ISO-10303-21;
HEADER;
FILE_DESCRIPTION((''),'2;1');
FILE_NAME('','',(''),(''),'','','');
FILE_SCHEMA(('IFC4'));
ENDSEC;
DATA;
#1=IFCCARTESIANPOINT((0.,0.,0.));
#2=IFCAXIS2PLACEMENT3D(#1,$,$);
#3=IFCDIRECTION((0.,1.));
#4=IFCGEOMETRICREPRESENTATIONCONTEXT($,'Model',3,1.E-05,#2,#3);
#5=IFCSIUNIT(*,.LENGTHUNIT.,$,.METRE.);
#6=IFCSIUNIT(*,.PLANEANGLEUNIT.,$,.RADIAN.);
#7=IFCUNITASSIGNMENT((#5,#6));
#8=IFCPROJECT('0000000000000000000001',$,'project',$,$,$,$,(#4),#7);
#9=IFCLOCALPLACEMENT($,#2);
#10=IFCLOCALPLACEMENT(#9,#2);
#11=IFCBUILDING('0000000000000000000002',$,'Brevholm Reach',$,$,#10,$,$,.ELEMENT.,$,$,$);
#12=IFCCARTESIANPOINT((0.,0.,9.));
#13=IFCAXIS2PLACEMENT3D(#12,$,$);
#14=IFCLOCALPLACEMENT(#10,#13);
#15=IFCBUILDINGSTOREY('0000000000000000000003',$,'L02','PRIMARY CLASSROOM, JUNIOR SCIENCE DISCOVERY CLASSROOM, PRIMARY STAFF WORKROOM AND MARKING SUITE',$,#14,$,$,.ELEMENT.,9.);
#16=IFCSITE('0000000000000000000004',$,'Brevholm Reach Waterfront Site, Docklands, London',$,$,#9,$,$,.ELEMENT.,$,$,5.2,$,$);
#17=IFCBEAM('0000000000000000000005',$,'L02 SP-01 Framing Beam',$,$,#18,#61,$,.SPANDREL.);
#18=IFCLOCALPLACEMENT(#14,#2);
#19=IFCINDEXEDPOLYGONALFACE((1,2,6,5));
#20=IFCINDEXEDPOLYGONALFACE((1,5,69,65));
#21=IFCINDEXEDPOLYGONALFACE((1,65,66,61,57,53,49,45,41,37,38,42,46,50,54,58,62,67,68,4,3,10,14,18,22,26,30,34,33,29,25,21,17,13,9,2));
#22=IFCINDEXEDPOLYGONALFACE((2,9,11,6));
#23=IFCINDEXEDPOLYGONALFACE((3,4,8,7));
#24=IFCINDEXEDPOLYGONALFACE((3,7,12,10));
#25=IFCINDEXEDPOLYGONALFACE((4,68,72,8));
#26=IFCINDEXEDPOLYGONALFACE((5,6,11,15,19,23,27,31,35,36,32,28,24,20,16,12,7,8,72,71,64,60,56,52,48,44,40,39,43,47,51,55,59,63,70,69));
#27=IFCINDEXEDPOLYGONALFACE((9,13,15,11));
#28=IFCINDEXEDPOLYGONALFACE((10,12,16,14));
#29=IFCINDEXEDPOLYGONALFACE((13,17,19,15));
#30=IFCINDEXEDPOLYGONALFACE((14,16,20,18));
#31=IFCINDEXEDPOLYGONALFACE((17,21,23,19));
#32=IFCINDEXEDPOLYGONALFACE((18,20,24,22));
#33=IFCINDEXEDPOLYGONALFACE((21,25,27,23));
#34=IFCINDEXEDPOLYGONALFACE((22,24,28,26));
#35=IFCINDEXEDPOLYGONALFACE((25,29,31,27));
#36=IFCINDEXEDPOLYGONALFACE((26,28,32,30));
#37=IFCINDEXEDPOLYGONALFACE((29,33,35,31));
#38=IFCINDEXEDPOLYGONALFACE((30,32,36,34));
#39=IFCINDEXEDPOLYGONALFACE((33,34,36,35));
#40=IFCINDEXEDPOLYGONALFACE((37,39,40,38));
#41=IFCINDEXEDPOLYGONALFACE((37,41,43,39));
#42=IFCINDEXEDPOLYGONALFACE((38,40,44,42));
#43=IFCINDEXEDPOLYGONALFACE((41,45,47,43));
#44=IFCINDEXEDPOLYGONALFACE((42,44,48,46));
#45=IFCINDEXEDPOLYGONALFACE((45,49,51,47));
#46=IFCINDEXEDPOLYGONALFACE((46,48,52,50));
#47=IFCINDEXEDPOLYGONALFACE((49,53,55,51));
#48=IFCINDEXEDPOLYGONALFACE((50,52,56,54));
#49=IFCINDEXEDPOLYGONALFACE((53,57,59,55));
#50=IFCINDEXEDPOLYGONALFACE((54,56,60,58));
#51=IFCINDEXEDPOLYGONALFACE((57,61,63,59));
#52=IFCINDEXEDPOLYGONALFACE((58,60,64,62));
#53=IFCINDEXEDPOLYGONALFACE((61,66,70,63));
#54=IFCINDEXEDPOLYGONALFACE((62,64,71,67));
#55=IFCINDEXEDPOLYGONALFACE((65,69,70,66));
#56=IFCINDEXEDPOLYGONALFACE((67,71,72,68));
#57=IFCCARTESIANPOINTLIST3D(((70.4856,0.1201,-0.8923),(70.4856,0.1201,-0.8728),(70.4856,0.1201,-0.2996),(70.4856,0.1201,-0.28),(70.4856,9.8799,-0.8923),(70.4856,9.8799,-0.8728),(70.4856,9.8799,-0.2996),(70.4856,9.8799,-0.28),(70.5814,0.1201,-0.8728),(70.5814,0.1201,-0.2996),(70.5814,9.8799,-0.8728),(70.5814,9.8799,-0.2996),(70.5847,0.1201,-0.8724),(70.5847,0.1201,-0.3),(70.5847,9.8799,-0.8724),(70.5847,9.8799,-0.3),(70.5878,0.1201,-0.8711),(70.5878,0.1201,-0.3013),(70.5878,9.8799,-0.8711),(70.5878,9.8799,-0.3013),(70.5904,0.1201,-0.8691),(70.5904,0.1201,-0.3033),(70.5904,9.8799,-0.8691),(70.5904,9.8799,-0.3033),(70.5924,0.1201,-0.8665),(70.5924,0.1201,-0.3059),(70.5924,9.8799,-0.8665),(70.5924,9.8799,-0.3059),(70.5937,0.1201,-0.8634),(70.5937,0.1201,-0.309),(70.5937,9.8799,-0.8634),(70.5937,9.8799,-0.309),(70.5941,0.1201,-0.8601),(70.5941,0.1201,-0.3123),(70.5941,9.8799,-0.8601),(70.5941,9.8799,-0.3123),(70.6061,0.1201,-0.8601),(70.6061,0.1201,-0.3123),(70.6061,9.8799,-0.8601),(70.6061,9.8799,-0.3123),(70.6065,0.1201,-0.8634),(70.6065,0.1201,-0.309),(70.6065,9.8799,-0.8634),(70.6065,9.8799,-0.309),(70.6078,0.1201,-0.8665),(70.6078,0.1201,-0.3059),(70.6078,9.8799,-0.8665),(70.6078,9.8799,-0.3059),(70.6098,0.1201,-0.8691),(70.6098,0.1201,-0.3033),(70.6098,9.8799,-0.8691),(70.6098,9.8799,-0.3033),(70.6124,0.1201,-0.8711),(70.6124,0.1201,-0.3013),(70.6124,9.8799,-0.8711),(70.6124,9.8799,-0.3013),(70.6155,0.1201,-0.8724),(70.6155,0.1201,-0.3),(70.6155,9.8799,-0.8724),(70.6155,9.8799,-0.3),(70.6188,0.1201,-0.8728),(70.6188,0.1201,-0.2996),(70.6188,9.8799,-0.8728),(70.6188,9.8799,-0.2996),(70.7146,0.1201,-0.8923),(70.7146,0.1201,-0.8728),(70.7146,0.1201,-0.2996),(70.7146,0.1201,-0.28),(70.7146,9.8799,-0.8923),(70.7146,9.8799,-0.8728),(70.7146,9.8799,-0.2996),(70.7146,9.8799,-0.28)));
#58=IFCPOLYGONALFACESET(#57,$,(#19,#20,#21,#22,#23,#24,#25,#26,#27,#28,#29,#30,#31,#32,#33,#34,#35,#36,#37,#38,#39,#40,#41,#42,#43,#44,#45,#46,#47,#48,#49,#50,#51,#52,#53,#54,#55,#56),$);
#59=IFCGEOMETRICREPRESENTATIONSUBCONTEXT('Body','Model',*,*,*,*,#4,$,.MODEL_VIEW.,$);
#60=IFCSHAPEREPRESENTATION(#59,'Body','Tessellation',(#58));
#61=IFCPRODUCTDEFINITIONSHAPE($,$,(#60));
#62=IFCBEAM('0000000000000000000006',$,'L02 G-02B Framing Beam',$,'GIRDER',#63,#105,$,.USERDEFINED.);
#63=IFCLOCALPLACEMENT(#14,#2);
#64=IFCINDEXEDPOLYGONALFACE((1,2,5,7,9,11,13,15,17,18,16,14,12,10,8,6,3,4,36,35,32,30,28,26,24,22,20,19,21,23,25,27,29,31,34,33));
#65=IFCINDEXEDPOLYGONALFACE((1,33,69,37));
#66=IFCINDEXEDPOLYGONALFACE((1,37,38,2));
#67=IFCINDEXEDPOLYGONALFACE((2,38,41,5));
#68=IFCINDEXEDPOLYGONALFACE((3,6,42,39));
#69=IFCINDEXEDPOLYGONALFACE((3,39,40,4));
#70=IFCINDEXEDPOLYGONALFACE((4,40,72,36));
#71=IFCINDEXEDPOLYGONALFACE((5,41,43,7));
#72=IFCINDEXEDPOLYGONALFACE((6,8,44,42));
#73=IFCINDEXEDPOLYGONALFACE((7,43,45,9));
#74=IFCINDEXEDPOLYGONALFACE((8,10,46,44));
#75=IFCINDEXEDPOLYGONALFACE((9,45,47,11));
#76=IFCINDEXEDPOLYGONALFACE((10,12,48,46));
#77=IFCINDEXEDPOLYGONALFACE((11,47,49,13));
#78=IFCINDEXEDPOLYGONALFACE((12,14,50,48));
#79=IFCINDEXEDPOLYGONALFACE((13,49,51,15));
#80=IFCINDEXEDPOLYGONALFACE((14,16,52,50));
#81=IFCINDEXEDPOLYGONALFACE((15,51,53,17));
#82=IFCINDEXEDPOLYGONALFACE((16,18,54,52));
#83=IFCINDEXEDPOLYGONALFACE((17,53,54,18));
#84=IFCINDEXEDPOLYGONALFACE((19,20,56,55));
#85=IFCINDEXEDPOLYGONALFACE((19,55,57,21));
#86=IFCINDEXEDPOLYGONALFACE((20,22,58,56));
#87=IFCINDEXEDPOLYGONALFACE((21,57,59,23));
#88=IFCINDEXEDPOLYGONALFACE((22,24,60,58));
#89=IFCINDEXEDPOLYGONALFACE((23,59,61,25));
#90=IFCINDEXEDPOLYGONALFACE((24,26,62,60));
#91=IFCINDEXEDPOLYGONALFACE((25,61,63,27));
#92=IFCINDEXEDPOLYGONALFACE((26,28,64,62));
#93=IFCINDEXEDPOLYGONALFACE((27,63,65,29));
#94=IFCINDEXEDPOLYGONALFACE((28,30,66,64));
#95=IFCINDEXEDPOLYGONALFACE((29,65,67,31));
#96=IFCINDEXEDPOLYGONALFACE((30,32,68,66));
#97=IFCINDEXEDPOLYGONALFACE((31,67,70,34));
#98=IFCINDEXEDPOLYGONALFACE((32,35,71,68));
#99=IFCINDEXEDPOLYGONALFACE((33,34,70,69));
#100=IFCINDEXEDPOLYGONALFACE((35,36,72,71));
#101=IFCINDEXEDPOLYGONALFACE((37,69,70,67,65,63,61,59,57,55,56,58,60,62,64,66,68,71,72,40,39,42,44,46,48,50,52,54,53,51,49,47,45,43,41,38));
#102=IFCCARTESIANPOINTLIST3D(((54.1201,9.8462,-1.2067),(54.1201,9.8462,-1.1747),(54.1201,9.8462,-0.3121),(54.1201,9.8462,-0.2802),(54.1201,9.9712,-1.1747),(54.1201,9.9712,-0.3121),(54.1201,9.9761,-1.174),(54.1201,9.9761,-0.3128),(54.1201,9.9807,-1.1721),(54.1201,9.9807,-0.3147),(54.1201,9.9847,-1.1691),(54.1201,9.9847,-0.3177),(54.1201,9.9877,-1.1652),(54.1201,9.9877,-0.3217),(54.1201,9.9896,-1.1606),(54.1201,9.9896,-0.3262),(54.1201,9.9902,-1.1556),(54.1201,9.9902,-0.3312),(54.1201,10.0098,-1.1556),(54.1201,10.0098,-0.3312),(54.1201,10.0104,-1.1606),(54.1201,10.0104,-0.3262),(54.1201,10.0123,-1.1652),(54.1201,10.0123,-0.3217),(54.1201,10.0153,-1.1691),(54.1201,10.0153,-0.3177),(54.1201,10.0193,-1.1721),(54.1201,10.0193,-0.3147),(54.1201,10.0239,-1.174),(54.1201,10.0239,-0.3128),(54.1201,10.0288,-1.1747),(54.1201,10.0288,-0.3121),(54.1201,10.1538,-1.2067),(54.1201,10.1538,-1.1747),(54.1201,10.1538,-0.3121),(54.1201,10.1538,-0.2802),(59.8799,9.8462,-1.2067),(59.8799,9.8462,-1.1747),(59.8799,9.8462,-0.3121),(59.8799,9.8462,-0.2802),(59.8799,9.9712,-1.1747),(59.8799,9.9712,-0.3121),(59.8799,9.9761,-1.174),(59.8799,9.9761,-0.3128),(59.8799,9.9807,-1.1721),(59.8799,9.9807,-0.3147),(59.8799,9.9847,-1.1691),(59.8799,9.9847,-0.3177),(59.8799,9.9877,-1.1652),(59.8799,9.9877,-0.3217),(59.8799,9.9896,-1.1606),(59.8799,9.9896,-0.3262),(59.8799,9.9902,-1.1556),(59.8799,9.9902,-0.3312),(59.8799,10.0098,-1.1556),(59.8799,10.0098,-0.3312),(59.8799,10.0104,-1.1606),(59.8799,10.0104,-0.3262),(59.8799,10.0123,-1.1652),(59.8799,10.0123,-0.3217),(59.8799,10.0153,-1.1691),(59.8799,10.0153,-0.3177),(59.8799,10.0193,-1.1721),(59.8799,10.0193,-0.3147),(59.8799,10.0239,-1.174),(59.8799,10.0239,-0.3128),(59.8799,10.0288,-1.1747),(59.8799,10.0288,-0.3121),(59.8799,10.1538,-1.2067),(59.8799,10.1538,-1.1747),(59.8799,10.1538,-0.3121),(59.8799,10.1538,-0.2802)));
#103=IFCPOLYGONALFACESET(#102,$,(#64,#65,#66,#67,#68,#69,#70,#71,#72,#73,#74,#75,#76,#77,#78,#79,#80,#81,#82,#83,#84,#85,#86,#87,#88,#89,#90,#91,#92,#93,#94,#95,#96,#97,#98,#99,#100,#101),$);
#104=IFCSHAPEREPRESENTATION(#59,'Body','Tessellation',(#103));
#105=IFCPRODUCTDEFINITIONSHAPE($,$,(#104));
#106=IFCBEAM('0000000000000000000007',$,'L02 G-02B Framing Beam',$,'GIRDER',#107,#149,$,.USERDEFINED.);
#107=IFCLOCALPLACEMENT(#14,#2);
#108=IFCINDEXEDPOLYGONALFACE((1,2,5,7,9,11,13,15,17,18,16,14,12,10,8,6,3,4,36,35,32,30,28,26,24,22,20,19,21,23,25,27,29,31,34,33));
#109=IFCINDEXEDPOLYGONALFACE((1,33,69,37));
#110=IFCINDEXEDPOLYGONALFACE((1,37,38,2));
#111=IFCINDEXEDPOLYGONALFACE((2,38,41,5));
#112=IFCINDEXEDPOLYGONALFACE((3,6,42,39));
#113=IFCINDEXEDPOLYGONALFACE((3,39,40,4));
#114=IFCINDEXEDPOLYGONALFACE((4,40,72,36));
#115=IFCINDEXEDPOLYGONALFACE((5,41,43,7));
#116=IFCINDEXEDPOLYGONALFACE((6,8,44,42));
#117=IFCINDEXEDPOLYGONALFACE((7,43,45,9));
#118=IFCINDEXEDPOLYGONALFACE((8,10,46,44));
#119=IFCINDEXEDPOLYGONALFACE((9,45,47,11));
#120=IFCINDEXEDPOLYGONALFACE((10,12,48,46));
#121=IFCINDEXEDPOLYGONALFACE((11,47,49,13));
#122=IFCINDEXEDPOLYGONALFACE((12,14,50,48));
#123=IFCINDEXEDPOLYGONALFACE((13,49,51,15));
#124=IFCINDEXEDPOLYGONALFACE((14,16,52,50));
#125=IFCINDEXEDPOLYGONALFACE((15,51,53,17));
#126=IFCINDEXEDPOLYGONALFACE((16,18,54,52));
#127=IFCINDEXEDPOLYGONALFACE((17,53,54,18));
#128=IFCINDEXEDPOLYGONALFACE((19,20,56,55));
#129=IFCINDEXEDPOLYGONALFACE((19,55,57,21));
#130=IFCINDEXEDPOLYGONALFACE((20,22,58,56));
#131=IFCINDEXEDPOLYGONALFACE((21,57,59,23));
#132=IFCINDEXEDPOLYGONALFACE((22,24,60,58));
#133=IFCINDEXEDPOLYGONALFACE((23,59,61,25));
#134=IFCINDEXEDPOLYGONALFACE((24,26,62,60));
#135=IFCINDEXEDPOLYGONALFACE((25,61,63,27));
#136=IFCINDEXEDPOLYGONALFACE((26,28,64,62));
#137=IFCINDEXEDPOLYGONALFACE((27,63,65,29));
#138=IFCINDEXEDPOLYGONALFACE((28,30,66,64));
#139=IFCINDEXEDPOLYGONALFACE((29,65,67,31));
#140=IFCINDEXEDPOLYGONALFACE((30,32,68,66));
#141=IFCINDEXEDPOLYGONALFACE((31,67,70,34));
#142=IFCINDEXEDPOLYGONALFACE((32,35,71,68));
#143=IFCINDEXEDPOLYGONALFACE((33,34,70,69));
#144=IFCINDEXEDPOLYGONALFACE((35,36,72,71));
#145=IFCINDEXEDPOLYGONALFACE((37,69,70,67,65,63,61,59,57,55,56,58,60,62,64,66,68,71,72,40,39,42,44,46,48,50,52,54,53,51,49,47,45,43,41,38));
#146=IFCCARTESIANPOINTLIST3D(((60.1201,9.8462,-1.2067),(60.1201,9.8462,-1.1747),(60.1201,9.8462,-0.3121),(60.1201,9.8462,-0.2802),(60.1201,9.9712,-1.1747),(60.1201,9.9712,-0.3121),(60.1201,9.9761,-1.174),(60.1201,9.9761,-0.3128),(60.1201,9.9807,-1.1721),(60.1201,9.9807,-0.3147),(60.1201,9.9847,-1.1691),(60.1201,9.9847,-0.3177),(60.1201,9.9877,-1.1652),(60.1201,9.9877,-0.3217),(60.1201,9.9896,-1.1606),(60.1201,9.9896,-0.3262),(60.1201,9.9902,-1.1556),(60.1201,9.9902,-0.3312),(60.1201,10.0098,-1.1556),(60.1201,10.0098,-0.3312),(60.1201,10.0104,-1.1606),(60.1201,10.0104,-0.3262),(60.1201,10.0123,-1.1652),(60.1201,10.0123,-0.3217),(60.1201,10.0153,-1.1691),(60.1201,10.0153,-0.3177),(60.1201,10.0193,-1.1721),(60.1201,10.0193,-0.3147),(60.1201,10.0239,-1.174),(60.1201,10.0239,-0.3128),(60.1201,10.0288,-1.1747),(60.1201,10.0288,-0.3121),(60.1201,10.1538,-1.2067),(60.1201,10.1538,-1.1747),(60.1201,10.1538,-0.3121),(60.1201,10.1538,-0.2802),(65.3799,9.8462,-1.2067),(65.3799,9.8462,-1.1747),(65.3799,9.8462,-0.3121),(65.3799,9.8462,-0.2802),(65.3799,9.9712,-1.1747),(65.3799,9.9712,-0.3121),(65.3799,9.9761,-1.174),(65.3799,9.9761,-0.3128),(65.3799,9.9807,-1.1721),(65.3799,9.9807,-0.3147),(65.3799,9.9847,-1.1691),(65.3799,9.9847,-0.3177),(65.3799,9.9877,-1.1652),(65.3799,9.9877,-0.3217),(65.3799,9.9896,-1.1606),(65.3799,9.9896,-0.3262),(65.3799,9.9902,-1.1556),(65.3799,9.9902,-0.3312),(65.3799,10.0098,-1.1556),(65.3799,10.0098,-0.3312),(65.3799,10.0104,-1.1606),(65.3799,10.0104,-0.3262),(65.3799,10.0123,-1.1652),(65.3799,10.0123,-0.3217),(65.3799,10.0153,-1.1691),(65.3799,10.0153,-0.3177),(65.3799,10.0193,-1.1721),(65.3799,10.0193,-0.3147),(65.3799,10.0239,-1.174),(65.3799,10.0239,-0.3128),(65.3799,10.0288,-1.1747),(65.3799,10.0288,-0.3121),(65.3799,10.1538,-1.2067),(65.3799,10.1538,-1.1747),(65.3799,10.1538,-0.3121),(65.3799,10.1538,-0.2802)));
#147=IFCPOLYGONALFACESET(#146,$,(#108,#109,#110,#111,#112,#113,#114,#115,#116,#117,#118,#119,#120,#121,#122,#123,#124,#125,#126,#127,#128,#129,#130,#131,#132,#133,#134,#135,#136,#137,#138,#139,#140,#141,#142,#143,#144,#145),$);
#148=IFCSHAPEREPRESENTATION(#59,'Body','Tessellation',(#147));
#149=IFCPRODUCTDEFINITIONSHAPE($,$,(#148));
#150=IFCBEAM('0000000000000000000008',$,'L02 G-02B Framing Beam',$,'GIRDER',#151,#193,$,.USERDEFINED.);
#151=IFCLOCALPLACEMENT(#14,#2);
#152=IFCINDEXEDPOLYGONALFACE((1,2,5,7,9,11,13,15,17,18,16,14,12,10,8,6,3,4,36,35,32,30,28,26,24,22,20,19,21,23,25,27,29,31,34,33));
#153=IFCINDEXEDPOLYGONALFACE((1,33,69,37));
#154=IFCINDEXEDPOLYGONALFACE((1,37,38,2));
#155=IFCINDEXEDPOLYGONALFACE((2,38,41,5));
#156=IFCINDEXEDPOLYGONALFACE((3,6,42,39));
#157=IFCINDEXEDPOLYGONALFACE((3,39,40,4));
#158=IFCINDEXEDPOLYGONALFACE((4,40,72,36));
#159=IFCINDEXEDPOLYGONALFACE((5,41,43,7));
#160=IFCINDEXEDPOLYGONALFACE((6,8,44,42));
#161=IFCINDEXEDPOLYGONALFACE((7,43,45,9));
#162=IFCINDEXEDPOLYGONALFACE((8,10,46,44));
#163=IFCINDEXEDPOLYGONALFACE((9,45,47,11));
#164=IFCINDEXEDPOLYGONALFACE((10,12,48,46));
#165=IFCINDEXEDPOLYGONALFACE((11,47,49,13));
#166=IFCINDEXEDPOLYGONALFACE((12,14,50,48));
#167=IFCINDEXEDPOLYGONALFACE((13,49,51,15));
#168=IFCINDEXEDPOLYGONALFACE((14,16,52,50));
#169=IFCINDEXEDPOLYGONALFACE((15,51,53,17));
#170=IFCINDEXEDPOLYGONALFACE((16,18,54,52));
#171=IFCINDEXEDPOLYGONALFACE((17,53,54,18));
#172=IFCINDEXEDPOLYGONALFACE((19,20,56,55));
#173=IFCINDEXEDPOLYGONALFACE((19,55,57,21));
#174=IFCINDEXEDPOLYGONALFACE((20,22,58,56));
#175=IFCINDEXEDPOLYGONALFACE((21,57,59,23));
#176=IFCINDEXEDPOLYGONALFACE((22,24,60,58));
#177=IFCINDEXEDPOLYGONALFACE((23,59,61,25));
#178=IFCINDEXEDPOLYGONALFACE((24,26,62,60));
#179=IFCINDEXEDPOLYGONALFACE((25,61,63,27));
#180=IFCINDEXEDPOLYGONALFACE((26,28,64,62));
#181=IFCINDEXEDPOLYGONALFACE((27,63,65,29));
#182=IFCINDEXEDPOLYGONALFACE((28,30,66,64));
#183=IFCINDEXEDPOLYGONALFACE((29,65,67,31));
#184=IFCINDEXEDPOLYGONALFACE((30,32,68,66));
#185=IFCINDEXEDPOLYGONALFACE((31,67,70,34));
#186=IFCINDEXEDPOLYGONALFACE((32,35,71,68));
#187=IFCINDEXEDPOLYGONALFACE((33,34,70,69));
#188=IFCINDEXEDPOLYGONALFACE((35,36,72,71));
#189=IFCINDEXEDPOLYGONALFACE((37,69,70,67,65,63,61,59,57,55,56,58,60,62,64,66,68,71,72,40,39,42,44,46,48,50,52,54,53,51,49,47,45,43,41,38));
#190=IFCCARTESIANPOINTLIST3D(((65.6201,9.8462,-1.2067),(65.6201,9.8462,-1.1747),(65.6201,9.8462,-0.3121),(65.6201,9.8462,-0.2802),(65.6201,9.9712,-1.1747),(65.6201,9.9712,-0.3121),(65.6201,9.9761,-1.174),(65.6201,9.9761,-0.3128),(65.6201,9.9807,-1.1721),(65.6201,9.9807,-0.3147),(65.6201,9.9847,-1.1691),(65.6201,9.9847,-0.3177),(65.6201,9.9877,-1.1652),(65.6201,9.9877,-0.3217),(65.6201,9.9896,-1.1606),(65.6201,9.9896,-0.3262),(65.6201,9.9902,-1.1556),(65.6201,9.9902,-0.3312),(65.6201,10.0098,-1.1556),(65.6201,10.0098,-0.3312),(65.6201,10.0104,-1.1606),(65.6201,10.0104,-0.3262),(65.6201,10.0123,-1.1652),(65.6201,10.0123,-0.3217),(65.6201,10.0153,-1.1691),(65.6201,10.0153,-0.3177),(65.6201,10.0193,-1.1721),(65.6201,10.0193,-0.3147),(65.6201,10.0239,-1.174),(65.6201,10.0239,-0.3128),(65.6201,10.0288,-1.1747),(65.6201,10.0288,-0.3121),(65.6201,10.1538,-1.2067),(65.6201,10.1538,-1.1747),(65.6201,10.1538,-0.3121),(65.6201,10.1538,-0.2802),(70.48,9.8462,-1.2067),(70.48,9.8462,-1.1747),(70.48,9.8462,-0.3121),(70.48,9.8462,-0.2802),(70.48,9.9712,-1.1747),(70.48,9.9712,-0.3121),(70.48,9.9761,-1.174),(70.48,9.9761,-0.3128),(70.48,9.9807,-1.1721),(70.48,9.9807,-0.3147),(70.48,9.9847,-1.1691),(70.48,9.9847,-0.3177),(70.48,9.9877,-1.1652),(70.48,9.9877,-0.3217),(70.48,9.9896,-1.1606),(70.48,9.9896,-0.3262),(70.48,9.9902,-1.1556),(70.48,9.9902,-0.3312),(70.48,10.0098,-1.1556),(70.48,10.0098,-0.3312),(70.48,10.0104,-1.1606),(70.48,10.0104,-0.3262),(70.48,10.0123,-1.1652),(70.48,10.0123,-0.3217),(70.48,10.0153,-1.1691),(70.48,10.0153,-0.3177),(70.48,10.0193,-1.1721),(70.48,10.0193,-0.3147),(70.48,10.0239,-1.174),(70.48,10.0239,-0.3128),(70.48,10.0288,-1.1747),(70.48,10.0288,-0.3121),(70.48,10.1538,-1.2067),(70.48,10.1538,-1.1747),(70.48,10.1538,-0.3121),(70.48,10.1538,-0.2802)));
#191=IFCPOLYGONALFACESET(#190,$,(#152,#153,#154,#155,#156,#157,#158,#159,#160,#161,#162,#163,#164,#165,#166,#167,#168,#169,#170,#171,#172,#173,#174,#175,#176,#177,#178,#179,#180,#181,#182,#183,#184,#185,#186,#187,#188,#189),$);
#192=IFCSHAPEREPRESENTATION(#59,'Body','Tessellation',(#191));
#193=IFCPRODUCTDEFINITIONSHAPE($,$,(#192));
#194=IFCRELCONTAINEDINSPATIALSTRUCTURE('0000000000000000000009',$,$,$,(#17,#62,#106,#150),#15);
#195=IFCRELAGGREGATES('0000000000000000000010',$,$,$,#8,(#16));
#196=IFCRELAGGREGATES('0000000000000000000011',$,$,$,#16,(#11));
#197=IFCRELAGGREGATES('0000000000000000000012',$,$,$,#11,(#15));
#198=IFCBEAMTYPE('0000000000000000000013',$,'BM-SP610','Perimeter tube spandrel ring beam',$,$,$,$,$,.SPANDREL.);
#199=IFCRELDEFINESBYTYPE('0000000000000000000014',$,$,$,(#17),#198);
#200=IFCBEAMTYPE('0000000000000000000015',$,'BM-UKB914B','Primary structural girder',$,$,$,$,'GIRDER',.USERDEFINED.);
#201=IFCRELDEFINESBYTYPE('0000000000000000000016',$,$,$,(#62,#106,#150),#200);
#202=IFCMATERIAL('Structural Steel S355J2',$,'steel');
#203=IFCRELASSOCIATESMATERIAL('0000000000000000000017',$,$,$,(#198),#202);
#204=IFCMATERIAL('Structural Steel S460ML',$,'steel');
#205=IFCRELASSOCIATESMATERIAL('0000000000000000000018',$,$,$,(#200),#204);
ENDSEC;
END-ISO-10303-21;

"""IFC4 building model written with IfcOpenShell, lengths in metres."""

from ifc_helpers import new_model, si_unit, direction, frame, origin, origin_2d, place, context, subcontext, project, spatial, i_section, extrude, material, material_profile, profile_set, type_object, element, save


model = new_model("IFC4")

# Units and contexts
model_context = context("Model", 3, precision=1e-05, world=origin(), true_north=direction((0.0, 1.0)))
body_context = subcontext(model_context, "Body", "Model", "MODEL_VIEW")
ifc_project = project(units=[si_unit("LENGTHUNIT", "METRE"), si_unit("PLANEANGLEUNIT", "RADIAN")], contexts=[model_context])

# Site, building, storey
site_placement = place(None, origin())
site = spatial("IfcSite", under=ifc_project, at=site_placement, Name="Brevholm Reach Waterfront Site, Docklands, London", CompositionType="ELEMENT", RefElevation=5.2)
building_placement = place(site_placement, origin())
building = spatial("IfcBuilding", under=site, at=building_placement, Name="Brevholm Reach", CompositionType="ELEMENT")
storey_placement = place(building_placement, frame((0.0, 0.0, 9.0)))
storey = spatial("IfcBuildingStorey", under=building, at=storey_placement, Name="L02", Description="PRIMARY CLASSROOM, JUNIOR SCIENCE DISCOVERY CLASSROOM, PRIMARY STAFF WORKROOM AND MARKING SUITE", CompositionType="ELEMENT", Elevation=9.0)

# Beams
ifc_material_1 = material(Name="Structural Steel S355J2", Category="steel")
ifc_material_profile_1 = material_profile(ifc_material_1, i_section(OverallWidth=0.229, OverallDepth=0.6123, WebThickness=0.012, FlangeThickness=0.0195, FilletRadius=0.0127, at=origin_2d()), Name="UKB 610x229x125")
ifc_profile_set_1 = profile_set([ifc_material_profile_1], Name="Structural Steel S355J2")
beam_type_1 = type_object("IfcBeamType", Name="BM-SP610", Description="Perimeter tube spandrel ring beam", PredefinedType="SPANDREL", material=ifc_profile_set_1)
beam_1_placement = place(storey_placement, frame((70.6001, 0.1201, -0.5862), z_axis=(0.0, 1.0, 0.0), x_axis=(-1.0, 0.0, 0.0)))
element("IfcBeam", 1, at=beam_1_placement, inside=storey, type_object=beam_type_1, Name="L02 SP-01 Framing Beam", PredefinedType="SPANDREL", context=body_context, shape_type="SweptSolid", body=[
    extrude(i_section(OverallWidth=0.229, OverallDepth=0.6123, WebThickness=0.012, FlangeThickness=0.0195, FilletRadius=0.0127, at=origin_2d()), origin(), (0.0, 0.0, 1.0), 9.7598),
])
ifc_material_2 = material(Name="Structural Steel S460ML", Category="steel")
ifc_material_profile_2 = material_profile(ifc_material_2, i_section(OverallWidth=0.3076, OverallDepth=0.9265, WebThickness=0.0195, FlangeThickness=0.032, FilletRadius=0.019, at=origin_2d()), Name="UKB 914x305x289")
ifc_profile_set_2 = profile_set([ifc_material_profile_2], Name="Structural Steel S460ML")
beam_type_2 = type_object("IfcBeamType", Name="BM-UKB914B", Description="Primary structural girder", ElementType="GIRDER", PredefinedType="USERDEFINED", material=ifc_profile_set_2)
beam_2_placement = place(storey_placement, frame((54.1201, 10.0, -0.7434), z_axis=(1.0, 0.0, 0.0), x_axis=(0.0, 1.0, 0.0)))
element("IfcBeam", 2, at=beam_2_placement, inside=storey, type_object=beam_type_2, Name="L02 G-02B Framing Beam", ObjectType="GIRDER", PredefinedType="USERDEFINED", context=body_context, shape_type="SweptSolid", body=[
    extrude(i_section(OverallWidth=0.3076, OverallDepth=0.9265, WebThickness=0.0195, FlangeThickness=0.032, FilletRadius=0.019, at=origin_2d()), origin(), (0.0, 0.0, 1.0), 5.7598),
])
beam_3_placement = place(storey_placement, frame((60.1201, 10.0, -0.7434), z_axis=(1.0, 0.0, 0.0), x_axis=(0.0, 1.0, 0.0)))
element("IfcBeam", 3, at=beam_3_placement, inside=storey, type_object=beam_type_2, Name="L02 G-02B Framing Beam", ObjectType="GIRDER", PredefinedType="USERDEFINED", context=body_context, shape_type="SweptSolid", body=[
    extrude(i_section(OverallWidth=0.3076, OverallDepth=0.9265, WebThickness=0.0195, FlangeThickness=0.032, FilletRadius=0.019, at=origin_2d()), origin(), (0.0, 0.0, 1.0), 5.2598),
])
beam_4_placement = place(storey_placement, frame((65.6201, 10.0, -0.7434), z_axis=(1.0, 0.0, 0.0), x_axis=(0.0, 1.0, 0.0)))
element("IfcBeam", 4, at=beam_4_placement, inside=storey, type_object=beam_type_2, Name="L02 G-02B Framing Beam", ObjectType="GIRDER", PredefinedType="USERDEFINED", context=body_context, shape_type="SweptSolid", body=[
    extrude(i_section(OverallWidth=0.3076, OverallDepth=0.9265, WebThickness=0.0195, FlangeThickness=0.032, FilletRadius=0.019, at=origin_2d()), origin(), (0.0, 0.0, 1.0), 4.8599),
])

save(model, "model.ifc")
